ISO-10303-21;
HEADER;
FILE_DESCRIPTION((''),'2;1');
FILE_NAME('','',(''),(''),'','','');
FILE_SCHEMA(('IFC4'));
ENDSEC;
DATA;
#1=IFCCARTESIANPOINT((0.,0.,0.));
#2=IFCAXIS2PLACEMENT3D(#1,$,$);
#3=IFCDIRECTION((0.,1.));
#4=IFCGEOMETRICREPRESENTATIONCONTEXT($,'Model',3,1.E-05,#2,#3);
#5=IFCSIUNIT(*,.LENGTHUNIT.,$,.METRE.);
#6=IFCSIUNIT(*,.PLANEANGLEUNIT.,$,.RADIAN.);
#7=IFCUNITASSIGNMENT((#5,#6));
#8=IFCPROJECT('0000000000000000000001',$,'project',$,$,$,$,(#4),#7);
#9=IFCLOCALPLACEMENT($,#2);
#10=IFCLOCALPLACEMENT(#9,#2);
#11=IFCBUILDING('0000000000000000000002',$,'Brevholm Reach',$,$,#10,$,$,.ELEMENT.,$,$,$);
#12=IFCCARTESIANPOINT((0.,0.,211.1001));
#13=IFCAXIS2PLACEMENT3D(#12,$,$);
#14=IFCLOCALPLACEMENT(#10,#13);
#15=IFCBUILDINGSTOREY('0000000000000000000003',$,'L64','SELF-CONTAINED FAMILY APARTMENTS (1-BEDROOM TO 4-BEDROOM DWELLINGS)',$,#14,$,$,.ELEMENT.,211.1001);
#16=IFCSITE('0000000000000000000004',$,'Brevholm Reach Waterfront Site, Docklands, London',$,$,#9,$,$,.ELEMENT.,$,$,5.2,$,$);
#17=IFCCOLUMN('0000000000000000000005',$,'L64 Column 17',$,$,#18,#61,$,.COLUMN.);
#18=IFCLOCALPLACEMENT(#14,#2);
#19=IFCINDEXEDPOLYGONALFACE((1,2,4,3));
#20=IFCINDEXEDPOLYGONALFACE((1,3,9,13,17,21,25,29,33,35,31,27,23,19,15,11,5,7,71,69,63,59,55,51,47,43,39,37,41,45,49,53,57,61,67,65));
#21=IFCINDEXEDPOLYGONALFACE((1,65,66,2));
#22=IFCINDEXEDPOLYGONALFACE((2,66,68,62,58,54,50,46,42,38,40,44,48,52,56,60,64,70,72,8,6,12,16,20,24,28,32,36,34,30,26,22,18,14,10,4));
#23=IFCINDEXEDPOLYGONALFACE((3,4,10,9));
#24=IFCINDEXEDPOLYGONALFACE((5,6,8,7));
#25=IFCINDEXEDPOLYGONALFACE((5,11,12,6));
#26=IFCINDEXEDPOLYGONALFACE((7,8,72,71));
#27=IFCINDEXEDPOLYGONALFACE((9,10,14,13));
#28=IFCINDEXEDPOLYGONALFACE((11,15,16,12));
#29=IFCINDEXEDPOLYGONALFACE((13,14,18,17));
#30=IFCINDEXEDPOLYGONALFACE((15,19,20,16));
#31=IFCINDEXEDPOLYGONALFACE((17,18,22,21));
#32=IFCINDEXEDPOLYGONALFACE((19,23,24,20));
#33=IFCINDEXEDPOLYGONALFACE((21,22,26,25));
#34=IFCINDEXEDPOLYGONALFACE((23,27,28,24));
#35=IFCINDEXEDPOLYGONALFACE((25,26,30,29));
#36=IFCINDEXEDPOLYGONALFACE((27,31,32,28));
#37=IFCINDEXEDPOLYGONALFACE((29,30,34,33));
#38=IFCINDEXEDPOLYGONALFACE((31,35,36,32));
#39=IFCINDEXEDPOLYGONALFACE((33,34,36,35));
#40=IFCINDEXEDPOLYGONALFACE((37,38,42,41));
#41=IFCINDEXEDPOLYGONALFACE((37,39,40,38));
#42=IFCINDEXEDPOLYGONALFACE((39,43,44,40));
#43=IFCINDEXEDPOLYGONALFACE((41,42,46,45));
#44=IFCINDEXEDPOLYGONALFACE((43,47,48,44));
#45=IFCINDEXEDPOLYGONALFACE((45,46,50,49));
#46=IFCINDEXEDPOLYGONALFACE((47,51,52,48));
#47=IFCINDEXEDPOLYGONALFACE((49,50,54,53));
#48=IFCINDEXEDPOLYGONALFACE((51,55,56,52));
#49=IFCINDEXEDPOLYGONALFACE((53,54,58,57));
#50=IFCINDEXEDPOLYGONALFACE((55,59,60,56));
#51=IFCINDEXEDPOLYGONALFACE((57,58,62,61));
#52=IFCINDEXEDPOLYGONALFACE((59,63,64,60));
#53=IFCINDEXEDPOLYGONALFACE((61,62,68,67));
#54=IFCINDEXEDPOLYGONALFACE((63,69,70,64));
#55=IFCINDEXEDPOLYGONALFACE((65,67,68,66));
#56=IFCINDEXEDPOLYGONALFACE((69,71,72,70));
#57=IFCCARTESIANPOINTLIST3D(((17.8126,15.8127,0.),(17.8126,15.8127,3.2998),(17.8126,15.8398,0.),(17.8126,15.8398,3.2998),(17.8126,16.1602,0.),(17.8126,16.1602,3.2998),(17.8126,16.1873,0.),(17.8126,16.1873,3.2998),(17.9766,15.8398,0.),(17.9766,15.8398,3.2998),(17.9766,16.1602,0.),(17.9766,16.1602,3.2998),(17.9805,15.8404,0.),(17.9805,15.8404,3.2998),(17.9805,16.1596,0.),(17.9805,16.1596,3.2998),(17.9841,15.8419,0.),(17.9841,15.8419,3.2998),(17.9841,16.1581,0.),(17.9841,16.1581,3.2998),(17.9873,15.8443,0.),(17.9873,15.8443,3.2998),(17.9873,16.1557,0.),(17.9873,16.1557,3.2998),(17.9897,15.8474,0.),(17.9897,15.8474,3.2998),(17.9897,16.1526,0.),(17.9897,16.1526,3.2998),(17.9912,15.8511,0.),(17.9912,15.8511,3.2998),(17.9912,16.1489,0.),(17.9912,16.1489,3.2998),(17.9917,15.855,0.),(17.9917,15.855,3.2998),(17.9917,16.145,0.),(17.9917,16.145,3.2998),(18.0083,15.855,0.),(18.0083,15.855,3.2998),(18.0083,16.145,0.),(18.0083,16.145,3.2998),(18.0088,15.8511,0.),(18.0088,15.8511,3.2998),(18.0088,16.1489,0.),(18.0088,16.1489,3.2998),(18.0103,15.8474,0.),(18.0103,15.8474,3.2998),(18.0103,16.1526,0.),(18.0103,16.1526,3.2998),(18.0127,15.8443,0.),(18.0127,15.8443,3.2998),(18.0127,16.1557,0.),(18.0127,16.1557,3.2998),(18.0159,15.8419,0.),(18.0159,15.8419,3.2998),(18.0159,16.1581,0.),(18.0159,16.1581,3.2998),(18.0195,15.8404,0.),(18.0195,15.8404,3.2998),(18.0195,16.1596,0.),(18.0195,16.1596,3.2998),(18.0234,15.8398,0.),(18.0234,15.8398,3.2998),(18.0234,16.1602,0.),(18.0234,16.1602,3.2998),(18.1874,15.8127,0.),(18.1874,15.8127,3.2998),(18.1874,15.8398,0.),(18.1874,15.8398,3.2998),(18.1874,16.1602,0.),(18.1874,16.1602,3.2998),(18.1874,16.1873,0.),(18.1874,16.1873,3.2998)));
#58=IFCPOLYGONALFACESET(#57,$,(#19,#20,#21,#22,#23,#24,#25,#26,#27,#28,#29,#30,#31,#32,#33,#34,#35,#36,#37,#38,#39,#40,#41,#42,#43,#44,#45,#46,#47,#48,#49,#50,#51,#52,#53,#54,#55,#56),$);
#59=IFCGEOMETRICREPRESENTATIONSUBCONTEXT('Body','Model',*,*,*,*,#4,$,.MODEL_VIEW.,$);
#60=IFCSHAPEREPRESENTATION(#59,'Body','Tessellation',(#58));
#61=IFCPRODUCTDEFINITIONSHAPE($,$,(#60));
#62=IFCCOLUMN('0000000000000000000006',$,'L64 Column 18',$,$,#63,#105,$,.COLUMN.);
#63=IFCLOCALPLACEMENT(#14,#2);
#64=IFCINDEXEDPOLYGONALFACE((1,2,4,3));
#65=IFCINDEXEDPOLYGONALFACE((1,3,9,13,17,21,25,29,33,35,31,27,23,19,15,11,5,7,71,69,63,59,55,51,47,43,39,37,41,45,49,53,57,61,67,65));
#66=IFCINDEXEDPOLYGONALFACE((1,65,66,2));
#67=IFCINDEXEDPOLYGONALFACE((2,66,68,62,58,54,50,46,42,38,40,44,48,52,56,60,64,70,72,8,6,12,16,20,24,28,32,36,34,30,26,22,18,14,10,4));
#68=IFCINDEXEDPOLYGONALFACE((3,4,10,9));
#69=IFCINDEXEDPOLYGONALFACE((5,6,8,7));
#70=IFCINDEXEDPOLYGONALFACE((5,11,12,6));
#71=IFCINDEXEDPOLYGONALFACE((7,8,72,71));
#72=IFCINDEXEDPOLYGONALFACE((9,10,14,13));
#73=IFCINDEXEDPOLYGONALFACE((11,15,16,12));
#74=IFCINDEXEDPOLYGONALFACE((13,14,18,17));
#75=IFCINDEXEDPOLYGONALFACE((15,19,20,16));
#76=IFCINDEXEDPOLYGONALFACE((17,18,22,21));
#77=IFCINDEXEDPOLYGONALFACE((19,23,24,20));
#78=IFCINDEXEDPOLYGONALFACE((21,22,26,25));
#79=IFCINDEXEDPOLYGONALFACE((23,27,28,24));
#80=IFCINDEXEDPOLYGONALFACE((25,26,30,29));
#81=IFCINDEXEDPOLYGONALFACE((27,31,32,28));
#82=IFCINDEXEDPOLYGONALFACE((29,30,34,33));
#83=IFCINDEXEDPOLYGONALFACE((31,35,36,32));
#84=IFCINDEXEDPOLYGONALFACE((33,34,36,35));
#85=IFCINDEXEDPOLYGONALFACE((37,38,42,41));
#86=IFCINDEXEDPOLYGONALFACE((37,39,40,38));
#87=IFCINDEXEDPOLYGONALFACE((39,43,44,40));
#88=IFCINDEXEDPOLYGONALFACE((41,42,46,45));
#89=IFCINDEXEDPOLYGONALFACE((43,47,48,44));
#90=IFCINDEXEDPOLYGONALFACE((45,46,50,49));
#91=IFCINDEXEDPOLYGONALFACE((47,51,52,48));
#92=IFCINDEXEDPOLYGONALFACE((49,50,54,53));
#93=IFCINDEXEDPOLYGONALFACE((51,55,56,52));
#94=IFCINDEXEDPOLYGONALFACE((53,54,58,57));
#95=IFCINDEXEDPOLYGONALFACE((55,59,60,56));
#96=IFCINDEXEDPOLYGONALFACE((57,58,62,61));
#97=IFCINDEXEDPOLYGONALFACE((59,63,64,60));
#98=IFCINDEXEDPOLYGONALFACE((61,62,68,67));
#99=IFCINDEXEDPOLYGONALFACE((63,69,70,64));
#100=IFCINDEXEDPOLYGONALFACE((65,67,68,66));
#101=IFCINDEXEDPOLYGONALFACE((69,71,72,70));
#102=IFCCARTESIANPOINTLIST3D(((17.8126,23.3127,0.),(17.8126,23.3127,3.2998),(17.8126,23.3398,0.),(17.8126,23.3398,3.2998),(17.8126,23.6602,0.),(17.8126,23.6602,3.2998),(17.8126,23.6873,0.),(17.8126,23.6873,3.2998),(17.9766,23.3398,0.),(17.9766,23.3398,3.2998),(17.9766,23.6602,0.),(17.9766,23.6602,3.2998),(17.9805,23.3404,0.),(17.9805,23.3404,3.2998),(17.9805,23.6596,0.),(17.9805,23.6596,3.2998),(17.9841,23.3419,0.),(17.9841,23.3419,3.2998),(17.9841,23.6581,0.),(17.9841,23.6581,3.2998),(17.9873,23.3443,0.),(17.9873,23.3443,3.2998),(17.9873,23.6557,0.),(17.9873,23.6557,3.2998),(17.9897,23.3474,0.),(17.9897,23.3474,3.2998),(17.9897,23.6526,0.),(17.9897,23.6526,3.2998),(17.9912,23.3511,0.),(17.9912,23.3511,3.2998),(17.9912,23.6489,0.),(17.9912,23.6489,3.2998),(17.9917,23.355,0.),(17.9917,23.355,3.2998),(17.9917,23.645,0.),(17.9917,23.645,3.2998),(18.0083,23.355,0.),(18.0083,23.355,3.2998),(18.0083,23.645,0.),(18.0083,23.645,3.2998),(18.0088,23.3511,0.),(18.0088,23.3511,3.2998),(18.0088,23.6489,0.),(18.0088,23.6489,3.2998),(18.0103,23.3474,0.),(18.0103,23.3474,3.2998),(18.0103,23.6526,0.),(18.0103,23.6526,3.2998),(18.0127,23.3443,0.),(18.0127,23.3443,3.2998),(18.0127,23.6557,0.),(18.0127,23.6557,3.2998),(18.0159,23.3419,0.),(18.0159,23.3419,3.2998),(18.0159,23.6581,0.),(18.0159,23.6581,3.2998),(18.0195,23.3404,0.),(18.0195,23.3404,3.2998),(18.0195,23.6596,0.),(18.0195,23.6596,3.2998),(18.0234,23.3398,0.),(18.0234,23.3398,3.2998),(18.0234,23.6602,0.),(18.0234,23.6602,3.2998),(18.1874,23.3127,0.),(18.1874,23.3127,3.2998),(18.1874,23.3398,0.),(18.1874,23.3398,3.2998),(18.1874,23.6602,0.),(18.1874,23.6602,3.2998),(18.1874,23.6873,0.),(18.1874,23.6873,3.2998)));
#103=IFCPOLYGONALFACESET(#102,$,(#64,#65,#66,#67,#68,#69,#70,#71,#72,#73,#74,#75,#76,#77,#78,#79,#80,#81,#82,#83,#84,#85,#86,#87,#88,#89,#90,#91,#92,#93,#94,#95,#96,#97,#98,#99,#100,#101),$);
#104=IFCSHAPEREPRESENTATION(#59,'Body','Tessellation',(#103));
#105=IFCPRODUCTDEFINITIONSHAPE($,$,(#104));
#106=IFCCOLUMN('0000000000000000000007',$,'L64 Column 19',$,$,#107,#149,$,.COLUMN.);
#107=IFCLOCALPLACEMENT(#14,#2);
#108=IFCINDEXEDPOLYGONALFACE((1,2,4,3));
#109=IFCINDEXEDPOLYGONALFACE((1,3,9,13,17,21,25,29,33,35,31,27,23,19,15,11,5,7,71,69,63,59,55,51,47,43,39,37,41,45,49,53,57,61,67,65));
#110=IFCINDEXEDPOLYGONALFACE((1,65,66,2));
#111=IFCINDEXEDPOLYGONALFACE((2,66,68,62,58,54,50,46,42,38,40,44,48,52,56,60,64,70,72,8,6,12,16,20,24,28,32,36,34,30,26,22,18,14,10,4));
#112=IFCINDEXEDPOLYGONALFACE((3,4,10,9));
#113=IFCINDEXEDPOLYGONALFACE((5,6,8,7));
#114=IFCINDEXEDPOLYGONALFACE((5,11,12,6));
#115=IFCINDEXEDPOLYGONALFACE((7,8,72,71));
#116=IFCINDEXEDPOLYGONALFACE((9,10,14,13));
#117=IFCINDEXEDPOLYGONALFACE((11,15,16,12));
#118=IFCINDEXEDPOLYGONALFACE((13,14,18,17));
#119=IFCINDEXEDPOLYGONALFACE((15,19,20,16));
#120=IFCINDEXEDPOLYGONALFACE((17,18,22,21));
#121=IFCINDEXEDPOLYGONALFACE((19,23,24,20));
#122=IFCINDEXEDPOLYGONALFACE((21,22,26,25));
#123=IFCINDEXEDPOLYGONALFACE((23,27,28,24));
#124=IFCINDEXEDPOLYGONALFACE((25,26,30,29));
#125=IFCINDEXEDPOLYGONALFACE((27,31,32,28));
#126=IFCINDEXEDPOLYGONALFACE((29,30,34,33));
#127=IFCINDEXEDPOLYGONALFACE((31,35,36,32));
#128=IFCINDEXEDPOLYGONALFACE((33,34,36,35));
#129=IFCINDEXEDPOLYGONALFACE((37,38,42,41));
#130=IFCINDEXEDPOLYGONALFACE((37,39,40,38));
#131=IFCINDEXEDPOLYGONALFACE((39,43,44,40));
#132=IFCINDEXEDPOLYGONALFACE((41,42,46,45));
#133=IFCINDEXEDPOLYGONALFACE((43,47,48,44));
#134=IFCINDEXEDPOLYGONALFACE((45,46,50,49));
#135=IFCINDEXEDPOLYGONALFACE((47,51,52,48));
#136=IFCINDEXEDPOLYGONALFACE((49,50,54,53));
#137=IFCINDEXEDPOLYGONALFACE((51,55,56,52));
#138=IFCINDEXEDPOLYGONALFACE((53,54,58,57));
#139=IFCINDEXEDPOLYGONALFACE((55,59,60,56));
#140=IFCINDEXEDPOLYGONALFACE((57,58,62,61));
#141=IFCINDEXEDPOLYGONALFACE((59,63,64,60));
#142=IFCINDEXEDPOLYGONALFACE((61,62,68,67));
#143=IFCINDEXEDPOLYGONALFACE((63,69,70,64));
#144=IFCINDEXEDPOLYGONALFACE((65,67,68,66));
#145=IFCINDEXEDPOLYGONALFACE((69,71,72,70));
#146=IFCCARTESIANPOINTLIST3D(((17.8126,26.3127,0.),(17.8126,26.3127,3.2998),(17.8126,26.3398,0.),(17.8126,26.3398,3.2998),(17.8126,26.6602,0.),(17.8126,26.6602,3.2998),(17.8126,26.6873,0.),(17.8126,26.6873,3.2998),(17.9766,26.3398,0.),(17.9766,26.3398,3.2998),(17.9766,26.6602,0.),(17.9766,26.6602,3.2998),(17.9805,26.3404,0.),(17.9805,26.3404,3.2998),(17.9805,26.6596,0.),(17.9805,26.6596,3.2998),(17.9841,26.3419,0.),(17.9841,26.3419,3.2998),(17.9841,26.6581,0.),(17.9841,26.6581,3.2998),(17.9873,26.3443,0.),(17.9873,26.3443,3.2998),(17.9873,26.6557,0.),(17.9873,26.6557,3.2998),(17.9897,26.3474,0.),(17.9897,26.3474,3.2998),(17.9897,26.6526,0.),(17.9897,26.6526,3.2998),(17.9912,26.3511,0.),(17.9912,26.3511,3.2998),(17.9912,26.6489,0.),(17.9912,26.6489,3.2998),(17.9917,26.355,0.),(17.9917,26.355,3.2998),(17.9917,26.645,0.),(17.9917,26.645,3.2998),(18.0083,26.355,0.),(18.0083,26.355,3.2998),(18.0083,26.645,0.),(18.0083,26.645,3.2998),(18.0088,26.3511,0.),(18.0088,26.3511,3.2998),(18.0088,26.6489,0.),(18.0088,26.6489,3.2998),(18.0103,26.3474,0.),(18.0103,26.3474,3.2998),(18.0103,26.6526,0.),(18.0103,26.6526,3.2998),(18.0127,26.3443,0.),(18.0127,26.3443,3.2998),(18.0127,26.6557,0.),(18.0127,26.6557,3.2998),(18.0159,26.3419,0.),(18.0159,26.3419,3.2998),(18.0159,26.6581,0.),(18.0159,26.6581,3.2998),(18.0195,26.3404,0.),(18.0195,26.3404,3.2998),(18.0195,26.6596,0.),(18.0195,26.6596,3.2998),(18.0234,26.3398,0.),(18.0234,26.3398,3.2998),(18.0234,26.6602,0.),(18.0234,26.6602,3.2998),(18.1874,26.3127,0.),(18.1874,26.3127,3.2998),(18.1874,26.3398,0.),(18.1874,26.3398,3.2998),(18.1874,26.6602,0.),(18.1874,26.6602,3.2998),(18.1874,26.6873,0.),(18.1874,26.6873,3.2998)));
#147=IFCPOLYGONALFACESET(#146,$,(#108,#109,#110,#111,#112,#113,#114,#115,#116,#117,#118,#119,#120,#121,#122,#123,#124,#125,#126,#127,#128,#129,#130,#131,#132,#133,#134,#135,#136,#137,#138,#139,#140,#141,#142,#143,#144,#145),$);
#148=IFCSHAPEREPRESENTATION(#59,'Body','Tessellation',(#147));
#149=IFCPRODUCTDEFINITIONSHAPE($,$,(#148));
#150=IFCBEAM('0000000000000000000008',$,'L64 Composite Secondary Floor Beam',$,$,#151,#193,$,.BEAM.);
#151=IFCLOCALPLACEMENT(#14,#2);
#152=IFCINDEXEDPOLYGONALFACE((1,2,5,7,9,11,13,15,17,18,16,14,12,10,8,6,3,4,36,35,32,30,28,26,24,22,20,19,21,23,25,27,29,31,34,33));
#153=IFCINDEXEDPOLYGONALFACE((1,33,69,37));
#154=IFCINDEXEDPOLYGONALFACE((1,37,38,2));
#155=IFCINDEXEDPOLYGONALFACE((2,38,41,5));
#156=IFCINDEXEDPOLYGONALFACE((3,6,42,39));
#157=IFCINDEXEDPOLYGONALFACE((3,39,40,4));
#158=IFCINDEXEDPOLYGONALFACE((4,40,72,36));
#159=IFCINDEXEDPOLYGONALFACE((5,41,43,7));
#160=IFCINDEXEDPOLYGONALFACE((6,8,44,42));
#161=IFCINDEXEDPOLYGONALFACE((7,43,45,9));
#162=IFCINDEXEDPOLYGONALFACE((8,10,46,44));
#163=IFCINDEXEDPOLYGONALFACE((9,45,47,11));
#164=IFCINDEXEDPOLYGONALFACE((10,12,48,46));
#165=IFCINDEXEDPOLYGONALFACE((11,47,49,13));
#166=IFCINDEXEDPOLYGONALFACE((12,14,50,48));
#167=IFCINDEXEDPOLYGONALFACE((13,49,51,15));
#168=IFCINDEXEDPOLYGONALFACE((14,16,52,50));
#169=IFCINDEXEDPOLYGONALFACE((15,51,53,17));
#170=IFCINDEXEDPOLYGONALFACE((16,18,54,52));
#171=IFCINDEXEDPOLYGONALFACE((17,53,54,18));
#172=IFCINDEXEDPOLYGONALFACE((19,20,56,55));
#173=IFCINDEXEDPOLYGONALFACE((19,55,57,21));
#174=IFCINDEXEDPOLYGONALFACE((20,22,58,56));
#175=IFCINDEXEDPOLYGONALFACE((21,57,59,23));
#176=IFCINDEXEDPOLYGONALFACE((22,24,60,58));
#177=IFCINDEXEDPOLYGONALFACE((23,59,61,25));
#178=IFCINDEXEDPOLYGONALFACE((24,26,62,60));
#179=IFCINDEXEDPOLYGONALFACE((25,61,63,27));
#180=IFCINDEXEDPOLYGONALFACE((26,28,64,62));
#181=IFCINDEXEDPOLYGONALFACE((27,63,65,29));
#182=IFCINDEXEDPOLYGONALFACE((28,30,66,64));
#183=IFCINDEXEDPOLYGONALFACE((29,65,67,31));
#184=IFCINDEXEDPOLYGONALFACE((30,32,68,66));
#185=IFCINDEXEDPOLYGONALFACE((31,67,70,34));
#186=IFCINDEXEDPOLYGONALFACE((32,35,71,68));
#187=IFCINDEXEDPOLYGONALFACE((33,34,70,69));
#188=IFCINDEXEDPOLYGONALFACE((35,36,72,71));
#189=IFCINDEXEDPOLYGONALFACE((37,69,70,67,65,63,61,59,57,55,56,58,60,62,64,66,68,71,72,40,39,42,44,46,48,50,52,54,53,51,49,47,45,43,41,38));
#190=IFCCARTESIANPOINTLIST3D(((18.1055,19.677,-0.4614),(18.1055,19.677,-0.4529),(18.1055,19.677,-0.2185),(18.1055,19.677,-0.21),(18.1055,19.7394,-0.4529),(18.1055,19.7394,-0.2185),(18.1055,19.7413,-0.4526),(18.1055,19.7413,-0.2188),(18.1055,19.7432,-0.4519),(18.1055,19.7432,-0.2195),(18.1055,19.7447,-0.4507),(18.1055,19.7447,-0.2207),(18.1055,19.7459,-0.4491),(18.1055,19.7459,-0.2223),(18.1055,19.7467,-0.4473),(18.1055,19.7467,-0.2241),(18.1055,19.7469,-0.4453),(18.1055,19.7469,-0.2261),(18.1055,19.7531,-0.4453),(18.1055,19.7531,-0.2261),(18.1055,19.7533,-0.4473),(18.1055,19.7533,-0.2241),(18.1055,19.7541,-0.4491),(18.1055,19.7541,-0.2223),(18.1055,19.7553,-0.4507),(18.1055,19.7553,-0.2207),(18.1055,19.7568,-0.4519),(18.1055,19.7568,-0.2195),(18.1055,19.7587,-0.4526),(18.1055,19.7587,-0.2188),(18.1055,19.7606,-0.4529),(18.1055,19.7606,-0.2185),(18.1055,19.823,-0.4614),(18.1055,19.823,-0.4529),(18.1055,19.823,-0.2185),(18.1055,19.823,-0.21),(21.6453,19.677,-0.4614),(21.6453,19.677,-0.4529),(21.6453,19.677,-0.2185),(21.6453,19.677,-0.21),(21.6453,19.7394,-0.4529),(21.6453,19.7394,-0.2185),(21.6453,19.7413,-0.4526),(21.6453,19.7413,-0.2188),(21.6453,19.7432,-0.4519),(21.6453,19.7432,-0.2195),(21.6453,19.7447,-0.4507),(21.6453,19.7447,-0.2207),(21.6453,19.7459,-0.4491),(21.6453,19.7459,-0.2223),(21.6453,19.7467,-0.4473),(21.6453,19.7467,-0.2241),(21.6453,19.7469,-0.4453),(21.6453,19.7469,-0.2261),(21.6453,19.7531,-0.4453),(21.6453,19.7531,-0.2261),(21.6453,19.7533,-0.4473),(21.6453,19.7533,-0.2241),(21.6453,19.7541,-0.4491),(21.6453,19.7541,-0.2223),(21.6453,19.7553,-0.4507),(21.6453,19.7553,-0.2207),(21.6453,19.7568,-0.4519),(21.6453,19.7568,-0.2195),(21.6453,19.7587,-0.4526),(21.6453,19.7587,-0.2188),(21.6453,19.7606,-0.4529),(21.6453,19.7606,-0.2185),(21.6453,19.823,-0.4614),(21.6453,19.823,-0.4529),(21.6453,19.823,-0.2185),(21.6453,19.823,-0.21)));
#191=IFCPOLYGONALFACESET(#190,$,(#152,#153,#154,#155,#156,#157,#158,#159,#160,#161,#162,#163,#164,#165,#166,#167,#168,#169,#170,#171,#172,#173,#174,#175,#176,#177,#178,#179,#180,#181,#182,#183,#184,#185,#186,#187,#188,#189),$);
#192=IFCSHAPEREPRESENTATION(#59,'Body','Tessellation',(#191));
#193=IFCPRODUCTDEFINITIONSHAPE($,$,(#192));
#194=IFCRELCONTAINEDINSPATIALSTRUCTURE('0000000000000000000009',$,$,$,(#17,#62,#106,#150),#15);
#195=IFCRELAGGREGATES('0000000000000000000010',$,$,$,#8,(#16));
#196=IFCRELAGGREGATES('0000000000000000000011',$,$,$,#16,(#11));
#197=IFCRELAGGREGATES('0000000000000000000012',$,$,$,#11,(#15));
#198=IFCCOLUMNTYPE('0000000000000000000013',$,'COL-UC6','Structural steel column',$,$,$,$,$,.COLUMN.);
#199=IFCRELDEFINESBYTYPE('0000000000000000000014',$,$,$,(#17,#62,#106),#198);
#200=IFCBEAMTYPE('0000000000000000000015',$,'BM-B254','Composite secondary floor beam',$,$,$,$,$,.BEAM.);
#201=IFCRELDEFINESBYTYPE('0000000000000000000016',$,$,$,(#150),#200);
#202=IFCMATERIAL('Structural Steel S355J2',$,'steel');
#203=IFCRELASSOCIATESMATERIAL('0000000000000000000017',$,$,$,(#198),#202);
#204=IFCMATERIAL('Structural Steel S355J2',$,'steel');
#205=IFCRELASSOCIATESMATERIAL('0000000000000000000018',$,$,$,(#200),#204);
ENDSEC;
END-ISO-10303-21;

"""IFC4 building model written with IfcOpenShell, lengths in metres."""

from ifc_helpers import new_model, si_unit, direction, frame, origin, origin_2d, place, context, subcontext, project, spatial, i_section, extrude, material, material_profile, profile_set, type_object, element, save


model = new_model("IFC4")

# Units and contexts
model_context = context("Model", 3, precision=1e-05, world=origin(), true_north=direction((0.0, 1.0)))
body_context = subcontext(model_context, "Body", "Model", "MODEL_VIEW")
ifc_project = project(units=[si_unit("LENGTHUNIT", "METRE"), si_unit("PLANEANGLEUNIT", "RADIAN")], contexts=[model_context])

# Site, building, storey
site_placement = place(None, origin())
site = spatial("IfcSite", under=ifc_project, at=site_placement, Name="Brevholm Reach Waterfront Site, Docklands, London", CompositionType="ELEMENT", RefElevation=5.2)
building_placement = place(site_placement, origin())
building = spatial("IfcBuilding", under=site, at=building_placement, Name="Brevholm Reach", CompositionType="ELEMENT")
storey_placement = place(building_placement, frame((0.0, 0.0, 211.1001)))
storey = spatial("IfcBuildingStorey", under=building, at=storey_placement, Name="L64", Description="SELF-CONTAINED FAMILY APARTMENTS (1-BEDROOM TO 4-BEDROOM DWELLINGS)", CompositionType="ELEMENT", Elevation=211.1001)

# Columns
ifc_material_1 = material(Name="Structural Steel S355J2", Category="steel")
ifc_material_profile_1 = material_profile(ifc_material_1, i_section(OverallWidth=0.3748, OverallDepth=0.3745, WebThickness=0.0166, FlangeThickness=0.0271, FilletRadius=0.0151, at=origin_2d()), Name="UKC 356x368x202")
ifc_profile_set_1 = profile_set([ifc_material_profile_1], Name="Structural Steel S355J2")
column_type = type_object("IfcColumnType", Name="COL-UC6", Description="Structural steel column", PredefinedType="COLUMN", material=ifc_profile_set_1)
for number, where, z_axis, x_axis, name in (
    (1, (18.0, 16.0, 0.0), (0.0, 0.0, 1.0), (1.0, 0.0, 0.0), "L64 Column 17"),
    (2, (18.0, 23.5, 0.0), (0.0, 0.0, 1.0), (1.0, 0.0, 0.0), "L64 Column 18"),
    (3, (18.0, 26.5, 0.0), (0.0, 0.0, 1.0), (1.0, 0.0, 0.0), "L64 Column 19"),
):
    element("IfcColumn", number, at=place(storey_placement, frame(where, z_axis=z_axis, x_axis=x_axis)), inside=storey, type_object=column_type, Name=name, PredefinedType="COLUMN", context=body_context, shape_type="SweptSolid", body=[
        extrude(i_section(OverallWidth=0.3748, OverallDepth=0.3745, WebThickness=0.0166, FlangeThickness=0.0271, FilletRadius=0.0151, at=origin_2d()), origin(), (0.0, 0.0, 1.0), 3.2998),
    ])

# Beam
ifc_material_2 = material(Name="Structural Steel S355J2", Category="steel")
ifc_material_profile_2 = material_profile(ifc_material_2, i_section(OverallWidth=0.146, OverallDepth=0.2515, WebThickness=0.0061, FlangeThickness=0.0085, FilletRadius=0.0076, at=origin_2d()), Name="UKB 254x146x31")
ifc_profile_set_2 = profile_set([ifc_material_profile_2], Name="Structural Steel S355J2")
beam_type_1 = type_object("IfcBeamType", Name="BM-B254", Description="Composite secondary floor beam", PredefinedType="BEAM", material=ifc_profile_set_2)
beam_1_placement = place(storey_placement, frame((18.1055, 19.75, -0.3357), z_axis=(1.0, 0.0, 0.0), x_axis=(0.0, 1.0, 0.0)))
element("IfcBeam", 4, at=beam_1_placement, inside=storey, type_object=beam_type_1, Name="L64 Composite Secondary Floor Beam", PredefinedType="BEAM", context=body_context, shape_type="SweptSolid", body=[
    extrude(i_section(OverallWidth=0.146, OverallDepth=0.2515, WebThickness=0.0061, FlangeThickness=0.0085, FilletRadius=0.0076, at=origin_2d()), origin(), (0.0, 0.0, 1.0), 3.5398),
])

save(model, "model.ifc")
